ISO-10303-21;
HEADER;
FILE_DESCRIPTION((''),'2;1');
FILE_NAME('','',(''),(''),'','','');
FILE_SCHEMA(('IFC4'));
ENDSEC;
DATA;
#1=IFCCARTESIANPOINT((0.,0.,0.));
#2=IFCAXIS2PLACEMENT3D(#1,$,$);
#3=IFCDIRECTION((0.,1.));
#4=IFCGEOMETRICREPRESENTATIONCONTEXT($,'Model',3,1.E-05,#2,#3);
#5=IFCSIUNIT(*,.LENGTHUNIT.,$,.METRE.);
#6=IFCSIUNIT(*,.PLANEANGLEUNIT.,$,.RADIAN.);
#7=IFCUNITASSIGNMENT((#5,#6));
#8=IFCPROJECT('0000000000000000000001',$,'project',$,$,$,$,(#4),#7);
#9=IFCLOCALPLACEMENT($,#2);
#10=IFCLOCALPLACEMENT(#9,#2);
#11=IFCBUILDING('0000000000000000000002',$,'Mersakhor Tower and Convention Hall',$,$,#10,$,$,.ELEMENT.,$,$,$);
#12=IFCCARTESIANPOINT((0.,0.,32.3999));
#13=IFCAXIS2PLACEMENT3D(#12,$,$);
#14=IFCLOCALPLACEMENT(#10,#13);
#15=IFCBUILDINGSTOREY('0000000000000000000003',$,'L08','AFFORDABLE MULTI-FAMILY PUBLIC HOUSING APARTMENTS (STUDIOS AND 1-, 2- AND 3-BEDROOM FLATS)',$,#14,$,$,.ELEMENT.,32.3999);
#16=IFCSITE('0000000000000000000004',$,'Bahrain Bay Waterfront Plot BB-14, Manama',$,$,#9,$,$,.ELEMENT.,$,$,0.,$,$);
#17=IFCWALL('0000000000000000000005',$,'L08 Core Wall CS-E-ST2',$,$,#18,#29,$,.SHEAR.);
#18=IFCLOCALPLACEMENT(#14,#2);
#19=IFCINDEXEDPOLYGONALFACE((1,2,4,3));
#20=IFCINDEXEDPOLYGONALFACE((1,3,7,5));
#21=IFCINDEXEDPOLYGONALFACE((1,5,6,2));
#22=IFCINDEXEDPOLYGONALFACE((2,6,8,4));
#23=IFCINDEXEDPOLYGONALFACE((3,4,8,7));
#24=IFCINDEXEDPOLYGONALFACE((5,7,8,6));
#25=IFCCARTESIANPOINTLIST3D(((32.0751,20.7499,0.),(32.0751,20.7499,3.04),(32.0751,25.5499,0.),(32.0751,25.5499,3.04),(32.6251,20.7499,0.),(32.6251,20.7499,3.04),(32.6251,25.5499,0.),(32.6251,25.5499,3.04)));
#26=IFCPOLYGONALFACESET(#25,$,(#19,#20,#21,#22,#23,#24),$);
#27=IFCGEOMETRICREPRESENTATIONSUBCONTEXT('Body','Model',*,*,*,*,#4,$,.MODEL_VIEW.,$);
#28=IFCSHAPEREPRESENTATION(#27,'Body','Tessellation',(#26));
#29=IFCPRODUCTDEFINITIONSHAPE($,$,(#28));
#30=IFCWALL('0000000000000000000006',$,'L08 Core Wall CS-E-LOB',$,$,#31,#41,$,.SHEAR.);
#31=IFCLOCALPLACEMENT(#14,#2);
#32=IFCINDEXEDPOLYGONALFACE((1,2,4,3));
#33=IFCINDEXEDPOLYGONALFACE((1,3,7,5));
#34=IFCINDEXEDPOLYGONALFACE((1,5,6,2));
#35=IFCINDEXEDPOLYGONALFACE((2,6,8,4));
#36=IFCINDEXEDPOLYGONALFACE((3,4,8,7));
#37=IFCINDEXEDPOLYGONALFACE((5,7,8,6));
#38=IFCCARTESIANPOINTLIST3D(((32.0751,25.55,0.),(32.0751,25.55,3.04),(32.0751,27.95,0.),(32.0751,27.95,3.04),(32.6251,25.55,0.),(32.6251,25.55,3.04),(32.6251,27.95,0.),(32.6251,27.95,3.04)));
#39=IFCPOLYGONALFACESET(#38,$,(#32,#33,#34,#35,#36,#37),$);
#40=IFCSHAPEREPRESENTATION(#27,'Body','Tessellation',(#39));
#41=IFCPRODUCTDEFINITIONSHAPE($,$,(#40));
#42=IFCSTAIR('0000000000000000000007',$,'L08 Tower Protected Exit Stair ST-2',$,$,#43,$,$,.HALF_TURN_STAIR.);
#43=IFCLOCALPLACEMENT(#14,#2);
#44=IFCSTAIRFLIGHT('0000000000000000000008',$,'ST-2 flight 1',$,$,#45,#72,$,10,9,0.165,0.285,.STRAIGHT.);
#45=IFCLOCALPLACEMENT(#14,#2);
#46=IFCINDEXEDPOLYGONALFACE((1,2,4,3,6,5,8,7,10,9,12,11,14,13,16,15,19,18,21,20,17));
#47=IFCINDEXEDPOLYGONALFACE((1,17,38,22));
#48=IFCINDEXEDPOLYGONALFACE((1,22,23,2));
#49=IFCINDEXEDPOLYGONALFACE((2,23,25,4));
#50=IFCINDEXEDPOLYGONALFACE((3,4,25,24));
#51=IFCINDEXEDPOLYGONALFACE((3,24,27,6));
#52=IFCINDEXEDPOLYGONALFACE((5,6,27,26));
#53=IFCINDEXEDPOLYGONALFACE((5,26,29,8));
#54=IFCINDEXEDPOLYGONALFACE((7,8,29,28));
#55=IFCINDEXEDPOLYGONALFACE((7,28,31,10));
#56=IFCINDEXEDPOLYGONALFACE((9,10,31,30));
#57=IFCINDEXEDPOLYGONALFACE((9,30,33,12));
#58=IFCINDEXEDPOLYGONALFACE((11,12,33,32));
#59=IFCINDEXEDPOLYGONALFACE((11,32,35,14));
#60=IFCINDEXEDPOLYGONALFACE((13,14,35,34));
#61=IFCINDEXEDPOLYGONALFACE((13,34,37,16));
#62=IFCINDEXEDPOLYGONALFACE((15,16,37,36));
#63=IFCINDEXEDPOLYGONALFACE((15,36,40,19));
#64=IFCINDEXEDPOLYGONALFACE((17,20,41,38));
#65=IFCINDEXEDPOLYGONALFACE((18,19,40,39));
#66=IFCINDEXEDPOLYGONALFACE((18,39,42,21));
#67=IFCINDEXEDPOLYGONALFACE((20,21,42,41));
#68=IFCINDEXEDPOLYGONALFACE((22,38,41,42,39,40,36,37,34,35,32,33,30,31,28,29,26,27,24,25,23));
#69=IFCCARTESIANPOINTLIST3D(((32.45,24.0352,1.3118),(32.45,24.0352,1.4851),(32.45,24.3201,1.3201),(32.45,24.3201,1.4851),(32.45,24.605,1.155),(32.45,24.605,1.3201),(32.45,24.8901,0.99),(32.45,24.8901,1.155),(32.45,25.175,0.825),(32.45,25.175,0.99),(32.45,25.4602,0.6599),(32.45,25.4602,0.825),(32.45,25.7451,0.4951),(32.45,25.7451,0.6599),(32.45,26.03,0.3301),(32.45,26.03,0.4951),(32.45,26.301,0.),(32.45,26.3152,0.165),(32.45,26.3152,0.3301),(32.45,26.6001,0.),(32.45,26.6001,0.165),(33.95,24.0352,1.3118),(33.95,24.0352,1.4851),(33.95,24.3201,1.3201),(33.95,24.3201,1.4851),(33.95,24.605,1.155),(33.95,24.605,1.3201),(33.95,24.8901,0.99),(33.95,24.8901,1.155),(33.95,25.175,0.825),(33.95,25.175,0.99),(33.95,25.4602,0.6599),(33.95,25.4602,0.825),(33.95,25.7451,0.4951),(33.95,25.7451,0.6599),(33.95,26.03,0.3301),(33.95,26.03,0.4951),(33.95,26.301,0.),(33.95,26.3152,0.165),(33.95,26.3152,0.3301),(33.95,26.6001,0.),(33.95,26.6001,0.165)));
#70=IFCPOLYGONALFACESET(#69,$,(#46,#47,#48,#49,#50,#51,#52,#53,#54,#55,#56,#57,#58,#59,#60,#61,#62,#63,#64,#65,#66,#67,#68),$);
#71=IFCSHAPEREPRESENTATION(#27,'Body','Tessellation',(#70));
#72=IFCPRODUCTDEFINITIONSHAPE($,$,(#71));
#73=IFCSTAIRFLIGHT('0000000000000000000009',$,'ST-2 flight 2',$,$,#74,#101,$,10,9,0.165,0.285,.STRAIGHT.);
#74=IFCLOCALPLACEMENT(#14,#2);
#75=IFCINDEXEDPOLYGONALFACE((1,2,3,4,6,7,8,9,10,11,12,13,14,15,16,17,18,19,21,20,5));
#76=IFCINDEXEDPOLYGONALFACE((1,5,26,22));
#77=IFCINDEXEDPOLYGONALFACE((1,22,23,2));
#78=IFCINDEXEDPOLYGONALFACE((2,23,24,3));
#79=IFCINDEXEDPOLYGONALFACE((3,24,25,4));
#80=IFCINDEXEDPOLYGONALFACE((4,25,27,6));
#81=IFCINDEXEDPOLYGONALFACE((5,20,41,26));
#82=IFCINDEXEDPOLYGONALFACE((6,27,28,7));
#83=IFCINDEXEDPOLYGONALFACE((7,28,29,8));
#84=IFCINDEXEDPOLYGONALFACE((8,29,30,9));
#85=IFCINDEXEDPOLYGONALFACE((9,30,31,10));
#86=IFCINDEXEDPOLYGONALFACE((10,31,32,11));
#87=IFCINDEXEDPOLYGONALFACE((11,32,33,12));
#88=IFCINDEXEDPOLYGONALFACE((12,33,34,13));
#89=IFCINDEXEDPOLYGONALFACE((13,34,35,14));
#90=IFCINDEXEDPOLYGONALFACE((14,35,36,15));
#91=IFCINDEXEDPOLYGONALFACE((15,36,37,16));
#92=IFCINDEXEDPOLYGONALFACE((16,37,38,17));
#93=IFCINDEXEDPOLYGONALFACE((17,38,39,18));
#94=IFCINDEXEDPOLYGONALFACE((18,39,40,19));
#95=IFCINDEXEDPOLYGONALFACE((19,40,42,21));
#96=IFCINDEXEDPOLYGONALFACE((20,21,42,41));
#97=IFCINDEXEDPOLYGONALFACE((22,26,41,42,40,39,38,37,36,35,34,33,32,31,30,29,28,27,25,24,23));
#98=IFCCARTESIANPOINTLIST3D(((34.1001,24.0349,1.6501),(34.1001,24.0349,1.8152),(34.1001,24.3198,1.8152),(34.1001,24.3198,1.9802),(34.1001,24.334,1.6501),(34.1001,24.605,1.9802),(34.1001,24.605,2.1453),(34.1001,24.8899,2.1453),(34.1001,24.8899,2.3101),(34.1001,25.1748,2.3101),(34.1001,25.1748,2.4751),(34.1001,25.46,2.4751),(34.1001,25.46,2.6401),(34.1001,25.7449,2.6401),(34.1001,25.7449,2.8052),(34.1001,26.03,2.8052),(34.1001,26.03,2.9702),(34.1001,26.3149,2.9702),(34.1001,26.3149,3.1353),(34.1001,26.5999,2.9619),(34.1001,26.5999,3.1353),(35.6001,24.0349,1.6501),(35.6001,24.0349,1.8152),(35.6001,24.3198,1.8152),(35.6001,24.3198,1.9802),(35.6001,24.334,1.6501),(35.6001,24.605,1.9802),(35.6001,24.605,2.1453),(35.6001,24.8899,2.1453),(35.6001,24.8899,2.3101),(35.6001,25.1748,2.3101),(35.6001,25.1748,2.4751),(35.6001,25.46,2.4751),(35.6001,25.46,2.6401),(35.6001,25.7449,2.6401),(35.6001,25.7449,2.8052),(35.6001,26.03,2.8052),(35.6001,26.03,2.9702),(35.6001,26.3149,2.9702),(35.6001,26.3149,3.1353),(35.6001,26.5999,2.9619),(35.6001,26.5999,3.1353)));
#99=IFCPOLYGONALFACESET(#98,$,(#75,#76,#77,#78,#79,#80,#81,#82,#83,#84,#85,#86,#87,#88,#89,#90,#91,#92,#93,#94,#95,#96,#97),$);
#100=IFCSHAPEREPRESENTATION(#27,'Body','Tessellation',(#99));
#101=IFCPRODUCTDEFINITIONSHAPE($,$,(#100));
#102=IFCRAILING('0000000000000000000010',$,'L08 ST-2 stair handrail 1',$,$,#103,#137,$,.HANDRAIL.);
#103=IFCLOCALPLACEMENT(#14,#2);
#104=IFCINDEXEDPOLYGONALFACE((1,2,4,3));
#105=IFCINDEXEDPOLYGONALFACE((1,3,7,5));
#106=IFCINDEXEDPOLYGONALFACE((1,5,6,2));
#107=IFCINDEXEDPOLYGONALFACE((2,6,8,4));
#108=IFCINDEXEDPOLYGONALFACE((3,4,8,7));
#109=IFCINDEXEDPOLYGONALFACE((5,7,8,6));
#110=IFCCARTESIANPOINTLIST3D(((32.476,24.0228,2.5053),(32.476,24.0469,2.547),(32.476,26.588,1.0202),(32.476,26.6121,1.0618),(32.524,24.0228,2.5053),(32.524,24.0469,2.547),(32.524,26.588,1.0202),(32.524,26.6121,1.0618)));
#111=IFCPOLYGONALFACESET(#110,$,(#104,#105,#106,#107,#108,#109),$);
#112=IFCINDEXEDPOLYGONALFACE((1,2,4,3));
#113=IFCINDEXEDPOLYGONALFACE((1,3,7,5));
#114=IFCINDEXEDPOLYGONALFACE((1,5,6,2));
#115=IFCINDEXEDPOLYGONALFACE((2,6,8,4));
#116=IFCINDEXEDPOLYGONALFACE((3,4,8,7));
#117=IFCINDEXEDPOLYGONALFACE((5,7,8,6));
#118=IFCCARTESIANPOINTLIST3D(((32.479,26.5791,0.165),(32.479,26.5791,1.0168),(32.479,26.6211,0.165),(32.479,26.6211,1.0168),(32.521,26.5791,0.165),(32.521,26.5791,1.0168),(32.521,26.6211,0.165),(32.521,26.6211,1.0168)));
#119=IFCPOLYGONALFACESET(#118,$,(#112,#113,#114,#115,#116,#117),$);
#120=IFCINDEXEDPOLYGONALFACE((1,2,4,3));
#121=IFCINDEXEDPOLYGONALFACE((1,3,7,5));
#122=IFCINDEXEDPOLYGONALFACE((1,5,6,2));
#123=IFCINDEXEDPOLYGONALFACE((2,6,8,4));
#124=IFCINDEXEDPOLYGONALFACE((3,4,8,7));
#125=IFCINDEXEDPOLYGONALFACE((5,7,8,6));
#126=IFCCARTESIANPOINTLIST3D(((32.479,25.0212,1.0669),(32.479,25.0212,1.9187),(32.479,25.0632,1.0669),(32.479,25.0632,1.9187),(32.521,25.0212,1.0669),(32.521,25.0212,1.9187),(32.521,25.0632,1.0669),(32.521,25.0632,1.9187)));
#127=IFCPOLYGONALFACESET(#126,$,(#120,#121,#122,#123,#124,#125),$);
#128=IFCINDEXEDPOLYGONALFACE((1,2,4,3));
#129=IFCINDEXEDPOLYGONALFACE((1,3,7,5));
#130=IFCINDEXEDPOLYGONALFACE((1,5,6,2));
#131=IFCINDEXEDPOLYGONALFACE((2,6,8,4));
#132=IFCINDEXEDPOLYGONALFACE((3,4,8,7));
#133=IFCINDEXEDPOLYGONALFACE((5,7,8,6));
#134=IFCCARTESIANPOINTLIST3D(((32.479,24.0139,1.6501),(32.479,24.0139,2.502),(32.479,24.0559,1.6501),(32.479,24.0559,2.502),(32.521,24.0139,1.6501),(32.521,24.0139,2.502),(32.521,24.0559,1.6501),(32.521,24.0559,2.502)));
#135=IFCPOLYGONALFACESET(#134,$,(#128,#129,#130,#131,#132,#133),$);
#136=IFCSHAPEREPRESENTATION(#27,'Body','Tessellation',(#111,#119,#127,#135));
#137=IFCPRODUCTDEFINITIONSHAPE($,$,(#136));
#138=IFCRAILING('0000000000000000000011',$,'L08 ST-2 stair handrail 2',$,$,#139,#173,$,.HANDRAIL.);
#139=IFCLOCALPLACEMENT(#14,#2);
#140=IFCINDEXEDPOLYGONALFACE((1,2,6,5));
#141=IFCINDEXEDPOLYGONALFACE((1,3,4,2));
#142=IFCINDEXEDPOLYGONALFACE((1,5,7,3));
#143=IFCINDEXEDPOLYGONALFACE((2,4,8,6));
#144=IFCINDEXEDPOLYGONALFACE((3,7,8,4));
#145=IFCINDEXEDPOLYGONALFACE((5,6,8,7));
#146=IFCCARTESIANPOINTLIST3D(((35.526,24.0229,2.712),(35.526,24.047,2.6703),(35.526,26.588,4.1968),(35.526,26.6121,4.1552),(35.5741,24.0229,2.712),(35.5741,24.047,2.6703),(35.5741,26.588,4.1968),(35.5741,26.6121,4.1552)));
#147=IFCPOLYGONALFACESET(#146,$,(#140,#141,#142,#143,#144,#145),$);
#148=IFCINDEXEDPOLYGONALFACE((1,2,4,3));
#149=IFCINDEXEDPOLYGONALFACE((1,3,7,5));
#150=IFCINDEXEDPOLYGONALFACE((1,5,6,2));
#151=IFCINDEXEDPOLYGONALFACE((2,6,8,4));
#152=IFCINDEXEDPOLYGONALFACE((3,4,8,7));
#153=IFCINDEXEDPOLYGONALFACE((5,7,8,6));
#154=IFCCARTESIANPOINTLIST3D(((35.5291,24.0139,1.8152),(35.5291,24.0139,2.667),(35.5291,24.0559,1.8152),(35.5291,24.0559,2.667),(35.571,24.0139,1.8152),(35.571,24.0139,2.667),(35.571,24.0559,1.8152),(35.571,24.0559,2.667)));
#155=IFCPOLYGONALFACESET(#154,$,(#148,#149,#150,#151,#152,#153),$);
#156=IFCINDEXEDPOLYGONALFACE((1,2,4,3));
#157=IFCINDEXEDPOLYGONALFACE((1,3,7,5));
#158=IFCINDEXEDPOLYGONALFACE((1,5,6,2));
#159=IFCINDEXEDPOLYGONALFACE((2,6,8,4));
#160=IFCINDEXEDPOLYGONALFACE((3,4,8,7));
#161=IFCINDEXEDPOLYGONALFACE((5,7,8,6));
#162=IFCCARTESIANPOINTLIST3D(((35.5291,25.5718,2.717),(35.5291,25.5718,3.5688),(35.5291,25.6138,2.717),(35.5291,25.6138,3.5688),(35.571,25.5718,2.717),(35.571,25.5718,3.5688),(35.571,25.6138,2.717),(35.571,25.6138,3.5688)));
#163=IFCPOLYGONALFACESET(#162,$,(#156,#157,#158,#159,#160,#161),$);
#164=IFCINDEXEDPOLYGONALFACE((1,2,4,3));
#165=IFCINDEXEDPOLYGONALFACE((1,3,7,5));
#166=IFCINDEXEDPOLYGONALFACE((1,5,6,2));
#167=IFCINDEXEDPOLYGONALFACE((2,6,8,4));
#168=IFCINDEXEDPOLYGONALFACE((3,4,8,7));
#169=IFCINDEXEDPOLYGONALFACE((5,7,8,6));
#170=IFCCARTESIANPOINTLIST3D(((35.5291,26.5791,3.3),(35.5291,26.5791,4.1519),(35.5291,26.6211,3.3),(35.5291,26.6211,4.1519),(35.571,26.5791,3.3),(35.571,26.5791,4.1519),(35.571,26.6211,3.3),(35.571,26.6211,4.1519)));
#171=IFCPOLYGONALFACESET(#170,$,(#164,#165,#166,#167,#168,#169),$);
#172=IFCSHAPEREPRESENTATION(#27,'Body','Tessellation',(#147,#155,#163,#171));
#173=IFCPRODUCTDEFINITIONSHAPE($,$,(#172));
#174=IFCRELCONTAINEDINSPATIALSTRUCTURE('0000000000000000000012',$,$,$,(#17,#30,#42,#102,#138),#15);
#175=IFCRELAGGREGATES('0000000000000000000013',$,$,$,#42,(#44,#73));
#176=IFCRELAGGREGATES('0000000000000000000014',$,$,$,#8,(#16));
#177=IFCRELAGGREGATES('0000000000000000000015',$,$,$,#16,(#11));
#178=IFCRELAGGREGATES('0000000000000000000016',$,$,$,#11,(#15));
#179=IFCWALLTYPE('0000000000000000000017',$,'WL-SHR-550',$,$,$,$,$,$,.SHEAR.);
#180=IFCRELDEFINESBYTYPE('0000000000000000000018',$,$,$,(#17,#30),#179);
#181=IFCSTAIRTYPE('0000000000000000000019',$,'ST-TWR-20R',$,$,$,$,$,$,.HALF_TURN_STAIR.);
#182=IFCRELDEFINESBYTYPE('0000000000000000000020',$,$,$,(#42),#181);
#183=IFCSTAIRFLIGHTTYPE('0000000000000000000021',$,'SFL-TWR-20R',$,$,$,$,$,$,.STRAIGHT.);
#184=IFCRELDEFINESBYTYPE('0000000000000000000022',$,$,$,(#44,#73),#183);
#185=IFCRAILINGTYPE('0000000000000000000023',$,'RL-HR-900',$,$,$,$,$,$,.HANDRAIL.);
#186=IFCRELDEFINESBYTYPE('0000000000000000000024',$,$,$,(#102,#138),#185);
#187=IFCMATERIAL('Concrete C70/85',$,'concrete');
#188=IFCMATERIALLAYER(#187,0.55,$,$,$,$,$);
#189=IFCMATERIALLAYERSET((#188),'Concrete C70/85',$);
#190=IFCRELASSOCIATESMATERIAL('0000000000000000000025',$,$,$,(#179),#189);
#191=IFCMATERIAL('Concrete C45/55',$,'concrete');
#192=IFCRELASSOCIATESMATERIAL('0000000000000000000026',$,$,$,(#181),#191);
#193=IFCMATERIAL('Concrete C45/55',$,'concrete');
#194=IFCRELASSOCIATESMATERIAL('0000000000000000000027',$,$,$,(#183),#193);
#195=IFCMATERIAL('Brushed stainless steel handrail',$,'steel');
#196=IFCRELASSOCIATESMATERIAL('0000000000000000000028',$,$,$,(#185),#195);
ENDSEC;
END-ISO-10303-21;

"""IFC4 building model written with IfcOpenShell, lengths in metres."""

from ifc_helpers import new_model, si_unit, direction, frame, frame_2d, origin, origin_2d, place, context, subcontext, project, spatial, polyline, rectangle, outline, extrude, material, layer, layer_set, type_object, element, aggregate, save


model = new_model("IFC4")

# Units and contexts
model_context = context("Model", 3, precision=1e-05, world=origin(), true_north=direction((0.0, 1.0)))
body_context = subcontext(model_context, "Body", "Model", "MODEL_VIEW")
ifc_project = project(units=[si_unit("LENGTHUNIT", "METRE"), si_unit("PLANEANGLEUNIT", "RADIAN")], contexts=[model_context])

# Site, building, storey
site_placement = place(None, origin())
site = spatial("IfcSite", under=ifc_project, at=site_placement, Name="Bahrain Bay Waterfront Plot BB-14, Manama", CompositionType="ELEMENT", RefElevation=0.0)
building_placement = place(site_placement, origin())
building = spatial("IfcBuilding", under=site, at=building_placement, Name="Mersakhor Tower and Convention Hall", CompositionType="ELEMENT")
storey_placement = place(building_placement, frame((0.0, 0.0, 32.3999)))
storey = spatial("IfcBuildingStorey", under=building, at=storey_placement, Name="L08", Description="AFFORDABLE MULTI-FAMILY PUBLIC HOUSING APARTMENTS (STUDIOS AND 1-, 2- AND 3-BEDROOM FLATS)", CompositionType="ELEMENT", Elevation=32.3999)

# Shared definitions
ifc_material_1 = material(Name="Concrete C70/85", Category="concrete")
ifc_layer_1 = layer(ifc_material_1, 0.55)
ifc_layer_set_1 = layer_set([ifc_layer_1], Name="Concrete C70/85")
wall_type_1 = type_object("IfcWallType", Name="WL-SHR-550", PredefinedType="SHEAR", material=ifc_layer_set_1)

# Walls
wall_1_placement = place(storey_placement, frame((32.3501, 20.75, 0.0), z_axis=(0.0, 0.0, 1.0), x_axis=(0.0, 1.0, 0.0)))
element("IfcWall", 1, at=wall_1_placement, inside=storey, type_object=wall_type_1, Name="L08 Core Wall CS-E-ST2", PredefinedType="SHEAR", context=body_context, shape_type="SweptSolid", body=[
    extrude(rectangle(XDim=4.8, YDim=0.55, at=frame_2d((2.3999, 0.0))), origin(), (0.0, 0.0, 1.0), 3.04),
])
wall_2_placement = place(storey_placement, frame((32.3501, 25.55, 0.0), z_axis=(0.0, 0.0, 1.0), x_axis=(0.0, 1.0, 0.0)))
element("IfcWall", 2, at=wall_2_placement, inside=storey, type_object=wall_type_1, Name="L08 Core Wall CS-E-LOB", PredefinedType="SHEAR", context=body_context, shape_type="SweptSolid", body=[
    extrude(rectangle(XDim=2.3999, YDim=0.55, at=frame_2d((1.2, 0.0))), origin(), (0.0, 0.0, 1.0), 3.04),
])

# Stair, stair flights
ifc_material_2 = material(Name="Concrete C45/55", Category="concrete")
stair_type = type_object("IfcStairType", Name="ST-TWR-20R", PredefinedType="HALF_TURN_STAIR", material=ifc_material_2)
stair_placement = place(storey_placement, origin())
stair = element("IfcStair", 3, at=stair_placement, inside=storey, type_object=stair_type, Name="L08 Tower Protected Exit Stair ST-2", PredefinedType="HALF_TURN_STAIR")
ifc_material_3 = material(Name="Concrete C45/55", Category="concrete")
stair_flight_type = type_object("IfcStairFlightType", Name="SFL-TWR-20R", PredefinedType="STRAIGHT", material=ifc_material_3)
stair_flight_1_placement = place(storey_placement, frame((33.2, 26.6001, 0.0), z_axis=(0.0, 0.0, 1.0), x_axis=(0.0, -1.0, 0.0)))
stair_flight_1 = element("IfcStairFlight", 4, at=stair_flight_1_placement, type_object=stair_flight_type, Name="ST-2 flight 1", NumberOfRisers=10, NumberOfTreads=9, PredefinedType="STRAIGHT", RiserHeight=0.165, TreadLength=0.285, context=body_context, shape_type="SweptSolid", body=[
    extrude(outline(polyline([(0.0, 0.0), (0.0, 0.165), (0.2849, 0.165), (0.2849, 0.3301), (0.5701, 0.3301), (0.5701, 0.4951), (0.855, 0.4951), (0.855, 0.6599), (1.1399, 0.6599), (1.1399, 0.825), (1.425, 0.825), (1.425, 0.99), (1.71, 0.99), (1.71, 1.155), (1.9951, 1.155), (1.9951, 1.3201), (2.28, 1.3201), (2.28, 1.4851), (2.5649, 1.4851), (2.5649, 1.6499), (2.5649, 1.3118), (0.2991, 0.0), (0.0, 0.0)])), frame((0.0, 0.75, 0.0), z_axis=(0.0, -1.0, 0.0), x_axis=(1.0, 0.0, 0.0)), (0.0, 0.0, 1.0), 1.5),
])
stair_flight_2_placement = place(storey_placement, frame((34.8501, 24.0349, 1.6501), z_axis=(0.0, 0.0, 1.0), x_axis=(0.0, 1.0, 0.0)))
stair_flight_2 = element("IfcStairFlight", 5, at=stair_flight_2_placement, type_object=stair_flight_type, Name="ST-2 flight 2", NumberOfRisers=10, NumberOfTreads=9, PredefinedType="STRAIGHT", RiserHeight=0.165, TreadLength=0.285, context=body_context, shape_type="SweptSolid", body=[
    extrude(outline(polyline([(0.0, 0.0), (0.0, 0.165), (0.2849, 0.165), (0.2849, 0.3301), (0.5701, 0.3301), (0.5701, 0.4951), (0.855, 0.4951), (0.855, 0.6599), (1.1399, 0.6599), (1.1399, 0.825), (1.425, 0.825), (1.425, 0.99), (1.71, 0.99), (1.71, 1.155), (1.9951, 1.155), (1.9951, 1.3201), (2.28, 1.3201), (2.28, 1.4851), (2.5649, 1.4851), (2.5649, 1.6499), (2.5649, 1.3118), (0.2991, 0.0), (0.0, 0.0)])), frame((0.0, 0.75, 0.0), z_axis=(0.0, -1.0, 0.0), x_axis=(1.0, 0.0, 0.0)), (0.0, 0.0, 1.0), 1.5),
])
aggregate(stair, [stair_flight_1, stair_flight_2])

# Railings
ifc_material_4 = material(Name="Brushed stainless steel handrail", Category="steel")
railing_type_1 = type_object("IfcRailingType", Name="RL-HR-900", PredefinedType="HANDRAIL", material=ifc_material_4)
railing_1_placement = place(storey_placement, frame((32.5, 26.6001, 0.165)))
element("IfcRailing", 6, at=railing_1_placement, inside=storey, type_object=railing_type_1, Name="L08 ST-2 stair handrail 1", PredefinedType="HANDRAIL", context=body_context, shape_type="SweptSolid", body=[
    extrude(rectangle(XDim=0.0481, YDim=0.0481, at=origin_2d()), frame((0.0, 0.0, 0.876), z_axis=(0.0, -0.865426, 0.501036), x_axis=(1.0, 0.0, 0.0)), (0.0, 0.0, 1.0), 2.9641),
    extrude(rectangle(XDim=0.042, YDim=0.042, at=origin_2d()), origin(), (0.0, 0.0, 1.0), 0.8518),
    extrude(rectangle(XDim=0.042, YDim=0.042, at=origin_2d()), frame((0.0, -1.5579, 0.9019)), (0.0, 0.0, 1.0), 0.8518),
    extrude(rectangle(XDim=0.042, YDim=0.042, at=origin_2d()), frame((0.0, -2.5652, 1.4851)), (0.0, 0.0, 1.0), 0.8518),
])
railing_2_placement = place(storey_placement, frame((35.55, 24.0349, 1.8152)))
element("IfcRailing", 7, at=railing_2_placement, inside=storey, type_object=railing_type_1, Name="L08 ST-2 stair handrail 2", PredefinedType="HANDRAIL", context=body_context, shape_type="SweptSolid", body=[
    extrude(rectangle(XDim=0.0481, YDim=0.0481, at=origin_2d()), frame((0.0, 0.0, 0.876), z_axis=(0.0, 0.865462, 0.500975), x_axis=(-1.0, 0.0, 0.0)), (0.0, 0.0, 1.0), 2.9639),
    extrude(rectangle(XDim=0.042, YDim=0.042, at=origin_2d()), origin(), (0.0, 0.0, 1.0), 0.8518),
    extrude(rectangle(XDim=0.042, YDim=0.042, at=origin_2d()), frame((0.0, 1.5579, 0.9019)), (0.0, 0.0, 1.0), 0.8518),
    extrude(rectangle(XDim=0.042, YDim=0.042, at=origin_2d()), frame((0.0, 2.5652, 1.4849)), (0.0, 0.0, 1.0), 0.8518),
])

save(model, "model.ifc")
